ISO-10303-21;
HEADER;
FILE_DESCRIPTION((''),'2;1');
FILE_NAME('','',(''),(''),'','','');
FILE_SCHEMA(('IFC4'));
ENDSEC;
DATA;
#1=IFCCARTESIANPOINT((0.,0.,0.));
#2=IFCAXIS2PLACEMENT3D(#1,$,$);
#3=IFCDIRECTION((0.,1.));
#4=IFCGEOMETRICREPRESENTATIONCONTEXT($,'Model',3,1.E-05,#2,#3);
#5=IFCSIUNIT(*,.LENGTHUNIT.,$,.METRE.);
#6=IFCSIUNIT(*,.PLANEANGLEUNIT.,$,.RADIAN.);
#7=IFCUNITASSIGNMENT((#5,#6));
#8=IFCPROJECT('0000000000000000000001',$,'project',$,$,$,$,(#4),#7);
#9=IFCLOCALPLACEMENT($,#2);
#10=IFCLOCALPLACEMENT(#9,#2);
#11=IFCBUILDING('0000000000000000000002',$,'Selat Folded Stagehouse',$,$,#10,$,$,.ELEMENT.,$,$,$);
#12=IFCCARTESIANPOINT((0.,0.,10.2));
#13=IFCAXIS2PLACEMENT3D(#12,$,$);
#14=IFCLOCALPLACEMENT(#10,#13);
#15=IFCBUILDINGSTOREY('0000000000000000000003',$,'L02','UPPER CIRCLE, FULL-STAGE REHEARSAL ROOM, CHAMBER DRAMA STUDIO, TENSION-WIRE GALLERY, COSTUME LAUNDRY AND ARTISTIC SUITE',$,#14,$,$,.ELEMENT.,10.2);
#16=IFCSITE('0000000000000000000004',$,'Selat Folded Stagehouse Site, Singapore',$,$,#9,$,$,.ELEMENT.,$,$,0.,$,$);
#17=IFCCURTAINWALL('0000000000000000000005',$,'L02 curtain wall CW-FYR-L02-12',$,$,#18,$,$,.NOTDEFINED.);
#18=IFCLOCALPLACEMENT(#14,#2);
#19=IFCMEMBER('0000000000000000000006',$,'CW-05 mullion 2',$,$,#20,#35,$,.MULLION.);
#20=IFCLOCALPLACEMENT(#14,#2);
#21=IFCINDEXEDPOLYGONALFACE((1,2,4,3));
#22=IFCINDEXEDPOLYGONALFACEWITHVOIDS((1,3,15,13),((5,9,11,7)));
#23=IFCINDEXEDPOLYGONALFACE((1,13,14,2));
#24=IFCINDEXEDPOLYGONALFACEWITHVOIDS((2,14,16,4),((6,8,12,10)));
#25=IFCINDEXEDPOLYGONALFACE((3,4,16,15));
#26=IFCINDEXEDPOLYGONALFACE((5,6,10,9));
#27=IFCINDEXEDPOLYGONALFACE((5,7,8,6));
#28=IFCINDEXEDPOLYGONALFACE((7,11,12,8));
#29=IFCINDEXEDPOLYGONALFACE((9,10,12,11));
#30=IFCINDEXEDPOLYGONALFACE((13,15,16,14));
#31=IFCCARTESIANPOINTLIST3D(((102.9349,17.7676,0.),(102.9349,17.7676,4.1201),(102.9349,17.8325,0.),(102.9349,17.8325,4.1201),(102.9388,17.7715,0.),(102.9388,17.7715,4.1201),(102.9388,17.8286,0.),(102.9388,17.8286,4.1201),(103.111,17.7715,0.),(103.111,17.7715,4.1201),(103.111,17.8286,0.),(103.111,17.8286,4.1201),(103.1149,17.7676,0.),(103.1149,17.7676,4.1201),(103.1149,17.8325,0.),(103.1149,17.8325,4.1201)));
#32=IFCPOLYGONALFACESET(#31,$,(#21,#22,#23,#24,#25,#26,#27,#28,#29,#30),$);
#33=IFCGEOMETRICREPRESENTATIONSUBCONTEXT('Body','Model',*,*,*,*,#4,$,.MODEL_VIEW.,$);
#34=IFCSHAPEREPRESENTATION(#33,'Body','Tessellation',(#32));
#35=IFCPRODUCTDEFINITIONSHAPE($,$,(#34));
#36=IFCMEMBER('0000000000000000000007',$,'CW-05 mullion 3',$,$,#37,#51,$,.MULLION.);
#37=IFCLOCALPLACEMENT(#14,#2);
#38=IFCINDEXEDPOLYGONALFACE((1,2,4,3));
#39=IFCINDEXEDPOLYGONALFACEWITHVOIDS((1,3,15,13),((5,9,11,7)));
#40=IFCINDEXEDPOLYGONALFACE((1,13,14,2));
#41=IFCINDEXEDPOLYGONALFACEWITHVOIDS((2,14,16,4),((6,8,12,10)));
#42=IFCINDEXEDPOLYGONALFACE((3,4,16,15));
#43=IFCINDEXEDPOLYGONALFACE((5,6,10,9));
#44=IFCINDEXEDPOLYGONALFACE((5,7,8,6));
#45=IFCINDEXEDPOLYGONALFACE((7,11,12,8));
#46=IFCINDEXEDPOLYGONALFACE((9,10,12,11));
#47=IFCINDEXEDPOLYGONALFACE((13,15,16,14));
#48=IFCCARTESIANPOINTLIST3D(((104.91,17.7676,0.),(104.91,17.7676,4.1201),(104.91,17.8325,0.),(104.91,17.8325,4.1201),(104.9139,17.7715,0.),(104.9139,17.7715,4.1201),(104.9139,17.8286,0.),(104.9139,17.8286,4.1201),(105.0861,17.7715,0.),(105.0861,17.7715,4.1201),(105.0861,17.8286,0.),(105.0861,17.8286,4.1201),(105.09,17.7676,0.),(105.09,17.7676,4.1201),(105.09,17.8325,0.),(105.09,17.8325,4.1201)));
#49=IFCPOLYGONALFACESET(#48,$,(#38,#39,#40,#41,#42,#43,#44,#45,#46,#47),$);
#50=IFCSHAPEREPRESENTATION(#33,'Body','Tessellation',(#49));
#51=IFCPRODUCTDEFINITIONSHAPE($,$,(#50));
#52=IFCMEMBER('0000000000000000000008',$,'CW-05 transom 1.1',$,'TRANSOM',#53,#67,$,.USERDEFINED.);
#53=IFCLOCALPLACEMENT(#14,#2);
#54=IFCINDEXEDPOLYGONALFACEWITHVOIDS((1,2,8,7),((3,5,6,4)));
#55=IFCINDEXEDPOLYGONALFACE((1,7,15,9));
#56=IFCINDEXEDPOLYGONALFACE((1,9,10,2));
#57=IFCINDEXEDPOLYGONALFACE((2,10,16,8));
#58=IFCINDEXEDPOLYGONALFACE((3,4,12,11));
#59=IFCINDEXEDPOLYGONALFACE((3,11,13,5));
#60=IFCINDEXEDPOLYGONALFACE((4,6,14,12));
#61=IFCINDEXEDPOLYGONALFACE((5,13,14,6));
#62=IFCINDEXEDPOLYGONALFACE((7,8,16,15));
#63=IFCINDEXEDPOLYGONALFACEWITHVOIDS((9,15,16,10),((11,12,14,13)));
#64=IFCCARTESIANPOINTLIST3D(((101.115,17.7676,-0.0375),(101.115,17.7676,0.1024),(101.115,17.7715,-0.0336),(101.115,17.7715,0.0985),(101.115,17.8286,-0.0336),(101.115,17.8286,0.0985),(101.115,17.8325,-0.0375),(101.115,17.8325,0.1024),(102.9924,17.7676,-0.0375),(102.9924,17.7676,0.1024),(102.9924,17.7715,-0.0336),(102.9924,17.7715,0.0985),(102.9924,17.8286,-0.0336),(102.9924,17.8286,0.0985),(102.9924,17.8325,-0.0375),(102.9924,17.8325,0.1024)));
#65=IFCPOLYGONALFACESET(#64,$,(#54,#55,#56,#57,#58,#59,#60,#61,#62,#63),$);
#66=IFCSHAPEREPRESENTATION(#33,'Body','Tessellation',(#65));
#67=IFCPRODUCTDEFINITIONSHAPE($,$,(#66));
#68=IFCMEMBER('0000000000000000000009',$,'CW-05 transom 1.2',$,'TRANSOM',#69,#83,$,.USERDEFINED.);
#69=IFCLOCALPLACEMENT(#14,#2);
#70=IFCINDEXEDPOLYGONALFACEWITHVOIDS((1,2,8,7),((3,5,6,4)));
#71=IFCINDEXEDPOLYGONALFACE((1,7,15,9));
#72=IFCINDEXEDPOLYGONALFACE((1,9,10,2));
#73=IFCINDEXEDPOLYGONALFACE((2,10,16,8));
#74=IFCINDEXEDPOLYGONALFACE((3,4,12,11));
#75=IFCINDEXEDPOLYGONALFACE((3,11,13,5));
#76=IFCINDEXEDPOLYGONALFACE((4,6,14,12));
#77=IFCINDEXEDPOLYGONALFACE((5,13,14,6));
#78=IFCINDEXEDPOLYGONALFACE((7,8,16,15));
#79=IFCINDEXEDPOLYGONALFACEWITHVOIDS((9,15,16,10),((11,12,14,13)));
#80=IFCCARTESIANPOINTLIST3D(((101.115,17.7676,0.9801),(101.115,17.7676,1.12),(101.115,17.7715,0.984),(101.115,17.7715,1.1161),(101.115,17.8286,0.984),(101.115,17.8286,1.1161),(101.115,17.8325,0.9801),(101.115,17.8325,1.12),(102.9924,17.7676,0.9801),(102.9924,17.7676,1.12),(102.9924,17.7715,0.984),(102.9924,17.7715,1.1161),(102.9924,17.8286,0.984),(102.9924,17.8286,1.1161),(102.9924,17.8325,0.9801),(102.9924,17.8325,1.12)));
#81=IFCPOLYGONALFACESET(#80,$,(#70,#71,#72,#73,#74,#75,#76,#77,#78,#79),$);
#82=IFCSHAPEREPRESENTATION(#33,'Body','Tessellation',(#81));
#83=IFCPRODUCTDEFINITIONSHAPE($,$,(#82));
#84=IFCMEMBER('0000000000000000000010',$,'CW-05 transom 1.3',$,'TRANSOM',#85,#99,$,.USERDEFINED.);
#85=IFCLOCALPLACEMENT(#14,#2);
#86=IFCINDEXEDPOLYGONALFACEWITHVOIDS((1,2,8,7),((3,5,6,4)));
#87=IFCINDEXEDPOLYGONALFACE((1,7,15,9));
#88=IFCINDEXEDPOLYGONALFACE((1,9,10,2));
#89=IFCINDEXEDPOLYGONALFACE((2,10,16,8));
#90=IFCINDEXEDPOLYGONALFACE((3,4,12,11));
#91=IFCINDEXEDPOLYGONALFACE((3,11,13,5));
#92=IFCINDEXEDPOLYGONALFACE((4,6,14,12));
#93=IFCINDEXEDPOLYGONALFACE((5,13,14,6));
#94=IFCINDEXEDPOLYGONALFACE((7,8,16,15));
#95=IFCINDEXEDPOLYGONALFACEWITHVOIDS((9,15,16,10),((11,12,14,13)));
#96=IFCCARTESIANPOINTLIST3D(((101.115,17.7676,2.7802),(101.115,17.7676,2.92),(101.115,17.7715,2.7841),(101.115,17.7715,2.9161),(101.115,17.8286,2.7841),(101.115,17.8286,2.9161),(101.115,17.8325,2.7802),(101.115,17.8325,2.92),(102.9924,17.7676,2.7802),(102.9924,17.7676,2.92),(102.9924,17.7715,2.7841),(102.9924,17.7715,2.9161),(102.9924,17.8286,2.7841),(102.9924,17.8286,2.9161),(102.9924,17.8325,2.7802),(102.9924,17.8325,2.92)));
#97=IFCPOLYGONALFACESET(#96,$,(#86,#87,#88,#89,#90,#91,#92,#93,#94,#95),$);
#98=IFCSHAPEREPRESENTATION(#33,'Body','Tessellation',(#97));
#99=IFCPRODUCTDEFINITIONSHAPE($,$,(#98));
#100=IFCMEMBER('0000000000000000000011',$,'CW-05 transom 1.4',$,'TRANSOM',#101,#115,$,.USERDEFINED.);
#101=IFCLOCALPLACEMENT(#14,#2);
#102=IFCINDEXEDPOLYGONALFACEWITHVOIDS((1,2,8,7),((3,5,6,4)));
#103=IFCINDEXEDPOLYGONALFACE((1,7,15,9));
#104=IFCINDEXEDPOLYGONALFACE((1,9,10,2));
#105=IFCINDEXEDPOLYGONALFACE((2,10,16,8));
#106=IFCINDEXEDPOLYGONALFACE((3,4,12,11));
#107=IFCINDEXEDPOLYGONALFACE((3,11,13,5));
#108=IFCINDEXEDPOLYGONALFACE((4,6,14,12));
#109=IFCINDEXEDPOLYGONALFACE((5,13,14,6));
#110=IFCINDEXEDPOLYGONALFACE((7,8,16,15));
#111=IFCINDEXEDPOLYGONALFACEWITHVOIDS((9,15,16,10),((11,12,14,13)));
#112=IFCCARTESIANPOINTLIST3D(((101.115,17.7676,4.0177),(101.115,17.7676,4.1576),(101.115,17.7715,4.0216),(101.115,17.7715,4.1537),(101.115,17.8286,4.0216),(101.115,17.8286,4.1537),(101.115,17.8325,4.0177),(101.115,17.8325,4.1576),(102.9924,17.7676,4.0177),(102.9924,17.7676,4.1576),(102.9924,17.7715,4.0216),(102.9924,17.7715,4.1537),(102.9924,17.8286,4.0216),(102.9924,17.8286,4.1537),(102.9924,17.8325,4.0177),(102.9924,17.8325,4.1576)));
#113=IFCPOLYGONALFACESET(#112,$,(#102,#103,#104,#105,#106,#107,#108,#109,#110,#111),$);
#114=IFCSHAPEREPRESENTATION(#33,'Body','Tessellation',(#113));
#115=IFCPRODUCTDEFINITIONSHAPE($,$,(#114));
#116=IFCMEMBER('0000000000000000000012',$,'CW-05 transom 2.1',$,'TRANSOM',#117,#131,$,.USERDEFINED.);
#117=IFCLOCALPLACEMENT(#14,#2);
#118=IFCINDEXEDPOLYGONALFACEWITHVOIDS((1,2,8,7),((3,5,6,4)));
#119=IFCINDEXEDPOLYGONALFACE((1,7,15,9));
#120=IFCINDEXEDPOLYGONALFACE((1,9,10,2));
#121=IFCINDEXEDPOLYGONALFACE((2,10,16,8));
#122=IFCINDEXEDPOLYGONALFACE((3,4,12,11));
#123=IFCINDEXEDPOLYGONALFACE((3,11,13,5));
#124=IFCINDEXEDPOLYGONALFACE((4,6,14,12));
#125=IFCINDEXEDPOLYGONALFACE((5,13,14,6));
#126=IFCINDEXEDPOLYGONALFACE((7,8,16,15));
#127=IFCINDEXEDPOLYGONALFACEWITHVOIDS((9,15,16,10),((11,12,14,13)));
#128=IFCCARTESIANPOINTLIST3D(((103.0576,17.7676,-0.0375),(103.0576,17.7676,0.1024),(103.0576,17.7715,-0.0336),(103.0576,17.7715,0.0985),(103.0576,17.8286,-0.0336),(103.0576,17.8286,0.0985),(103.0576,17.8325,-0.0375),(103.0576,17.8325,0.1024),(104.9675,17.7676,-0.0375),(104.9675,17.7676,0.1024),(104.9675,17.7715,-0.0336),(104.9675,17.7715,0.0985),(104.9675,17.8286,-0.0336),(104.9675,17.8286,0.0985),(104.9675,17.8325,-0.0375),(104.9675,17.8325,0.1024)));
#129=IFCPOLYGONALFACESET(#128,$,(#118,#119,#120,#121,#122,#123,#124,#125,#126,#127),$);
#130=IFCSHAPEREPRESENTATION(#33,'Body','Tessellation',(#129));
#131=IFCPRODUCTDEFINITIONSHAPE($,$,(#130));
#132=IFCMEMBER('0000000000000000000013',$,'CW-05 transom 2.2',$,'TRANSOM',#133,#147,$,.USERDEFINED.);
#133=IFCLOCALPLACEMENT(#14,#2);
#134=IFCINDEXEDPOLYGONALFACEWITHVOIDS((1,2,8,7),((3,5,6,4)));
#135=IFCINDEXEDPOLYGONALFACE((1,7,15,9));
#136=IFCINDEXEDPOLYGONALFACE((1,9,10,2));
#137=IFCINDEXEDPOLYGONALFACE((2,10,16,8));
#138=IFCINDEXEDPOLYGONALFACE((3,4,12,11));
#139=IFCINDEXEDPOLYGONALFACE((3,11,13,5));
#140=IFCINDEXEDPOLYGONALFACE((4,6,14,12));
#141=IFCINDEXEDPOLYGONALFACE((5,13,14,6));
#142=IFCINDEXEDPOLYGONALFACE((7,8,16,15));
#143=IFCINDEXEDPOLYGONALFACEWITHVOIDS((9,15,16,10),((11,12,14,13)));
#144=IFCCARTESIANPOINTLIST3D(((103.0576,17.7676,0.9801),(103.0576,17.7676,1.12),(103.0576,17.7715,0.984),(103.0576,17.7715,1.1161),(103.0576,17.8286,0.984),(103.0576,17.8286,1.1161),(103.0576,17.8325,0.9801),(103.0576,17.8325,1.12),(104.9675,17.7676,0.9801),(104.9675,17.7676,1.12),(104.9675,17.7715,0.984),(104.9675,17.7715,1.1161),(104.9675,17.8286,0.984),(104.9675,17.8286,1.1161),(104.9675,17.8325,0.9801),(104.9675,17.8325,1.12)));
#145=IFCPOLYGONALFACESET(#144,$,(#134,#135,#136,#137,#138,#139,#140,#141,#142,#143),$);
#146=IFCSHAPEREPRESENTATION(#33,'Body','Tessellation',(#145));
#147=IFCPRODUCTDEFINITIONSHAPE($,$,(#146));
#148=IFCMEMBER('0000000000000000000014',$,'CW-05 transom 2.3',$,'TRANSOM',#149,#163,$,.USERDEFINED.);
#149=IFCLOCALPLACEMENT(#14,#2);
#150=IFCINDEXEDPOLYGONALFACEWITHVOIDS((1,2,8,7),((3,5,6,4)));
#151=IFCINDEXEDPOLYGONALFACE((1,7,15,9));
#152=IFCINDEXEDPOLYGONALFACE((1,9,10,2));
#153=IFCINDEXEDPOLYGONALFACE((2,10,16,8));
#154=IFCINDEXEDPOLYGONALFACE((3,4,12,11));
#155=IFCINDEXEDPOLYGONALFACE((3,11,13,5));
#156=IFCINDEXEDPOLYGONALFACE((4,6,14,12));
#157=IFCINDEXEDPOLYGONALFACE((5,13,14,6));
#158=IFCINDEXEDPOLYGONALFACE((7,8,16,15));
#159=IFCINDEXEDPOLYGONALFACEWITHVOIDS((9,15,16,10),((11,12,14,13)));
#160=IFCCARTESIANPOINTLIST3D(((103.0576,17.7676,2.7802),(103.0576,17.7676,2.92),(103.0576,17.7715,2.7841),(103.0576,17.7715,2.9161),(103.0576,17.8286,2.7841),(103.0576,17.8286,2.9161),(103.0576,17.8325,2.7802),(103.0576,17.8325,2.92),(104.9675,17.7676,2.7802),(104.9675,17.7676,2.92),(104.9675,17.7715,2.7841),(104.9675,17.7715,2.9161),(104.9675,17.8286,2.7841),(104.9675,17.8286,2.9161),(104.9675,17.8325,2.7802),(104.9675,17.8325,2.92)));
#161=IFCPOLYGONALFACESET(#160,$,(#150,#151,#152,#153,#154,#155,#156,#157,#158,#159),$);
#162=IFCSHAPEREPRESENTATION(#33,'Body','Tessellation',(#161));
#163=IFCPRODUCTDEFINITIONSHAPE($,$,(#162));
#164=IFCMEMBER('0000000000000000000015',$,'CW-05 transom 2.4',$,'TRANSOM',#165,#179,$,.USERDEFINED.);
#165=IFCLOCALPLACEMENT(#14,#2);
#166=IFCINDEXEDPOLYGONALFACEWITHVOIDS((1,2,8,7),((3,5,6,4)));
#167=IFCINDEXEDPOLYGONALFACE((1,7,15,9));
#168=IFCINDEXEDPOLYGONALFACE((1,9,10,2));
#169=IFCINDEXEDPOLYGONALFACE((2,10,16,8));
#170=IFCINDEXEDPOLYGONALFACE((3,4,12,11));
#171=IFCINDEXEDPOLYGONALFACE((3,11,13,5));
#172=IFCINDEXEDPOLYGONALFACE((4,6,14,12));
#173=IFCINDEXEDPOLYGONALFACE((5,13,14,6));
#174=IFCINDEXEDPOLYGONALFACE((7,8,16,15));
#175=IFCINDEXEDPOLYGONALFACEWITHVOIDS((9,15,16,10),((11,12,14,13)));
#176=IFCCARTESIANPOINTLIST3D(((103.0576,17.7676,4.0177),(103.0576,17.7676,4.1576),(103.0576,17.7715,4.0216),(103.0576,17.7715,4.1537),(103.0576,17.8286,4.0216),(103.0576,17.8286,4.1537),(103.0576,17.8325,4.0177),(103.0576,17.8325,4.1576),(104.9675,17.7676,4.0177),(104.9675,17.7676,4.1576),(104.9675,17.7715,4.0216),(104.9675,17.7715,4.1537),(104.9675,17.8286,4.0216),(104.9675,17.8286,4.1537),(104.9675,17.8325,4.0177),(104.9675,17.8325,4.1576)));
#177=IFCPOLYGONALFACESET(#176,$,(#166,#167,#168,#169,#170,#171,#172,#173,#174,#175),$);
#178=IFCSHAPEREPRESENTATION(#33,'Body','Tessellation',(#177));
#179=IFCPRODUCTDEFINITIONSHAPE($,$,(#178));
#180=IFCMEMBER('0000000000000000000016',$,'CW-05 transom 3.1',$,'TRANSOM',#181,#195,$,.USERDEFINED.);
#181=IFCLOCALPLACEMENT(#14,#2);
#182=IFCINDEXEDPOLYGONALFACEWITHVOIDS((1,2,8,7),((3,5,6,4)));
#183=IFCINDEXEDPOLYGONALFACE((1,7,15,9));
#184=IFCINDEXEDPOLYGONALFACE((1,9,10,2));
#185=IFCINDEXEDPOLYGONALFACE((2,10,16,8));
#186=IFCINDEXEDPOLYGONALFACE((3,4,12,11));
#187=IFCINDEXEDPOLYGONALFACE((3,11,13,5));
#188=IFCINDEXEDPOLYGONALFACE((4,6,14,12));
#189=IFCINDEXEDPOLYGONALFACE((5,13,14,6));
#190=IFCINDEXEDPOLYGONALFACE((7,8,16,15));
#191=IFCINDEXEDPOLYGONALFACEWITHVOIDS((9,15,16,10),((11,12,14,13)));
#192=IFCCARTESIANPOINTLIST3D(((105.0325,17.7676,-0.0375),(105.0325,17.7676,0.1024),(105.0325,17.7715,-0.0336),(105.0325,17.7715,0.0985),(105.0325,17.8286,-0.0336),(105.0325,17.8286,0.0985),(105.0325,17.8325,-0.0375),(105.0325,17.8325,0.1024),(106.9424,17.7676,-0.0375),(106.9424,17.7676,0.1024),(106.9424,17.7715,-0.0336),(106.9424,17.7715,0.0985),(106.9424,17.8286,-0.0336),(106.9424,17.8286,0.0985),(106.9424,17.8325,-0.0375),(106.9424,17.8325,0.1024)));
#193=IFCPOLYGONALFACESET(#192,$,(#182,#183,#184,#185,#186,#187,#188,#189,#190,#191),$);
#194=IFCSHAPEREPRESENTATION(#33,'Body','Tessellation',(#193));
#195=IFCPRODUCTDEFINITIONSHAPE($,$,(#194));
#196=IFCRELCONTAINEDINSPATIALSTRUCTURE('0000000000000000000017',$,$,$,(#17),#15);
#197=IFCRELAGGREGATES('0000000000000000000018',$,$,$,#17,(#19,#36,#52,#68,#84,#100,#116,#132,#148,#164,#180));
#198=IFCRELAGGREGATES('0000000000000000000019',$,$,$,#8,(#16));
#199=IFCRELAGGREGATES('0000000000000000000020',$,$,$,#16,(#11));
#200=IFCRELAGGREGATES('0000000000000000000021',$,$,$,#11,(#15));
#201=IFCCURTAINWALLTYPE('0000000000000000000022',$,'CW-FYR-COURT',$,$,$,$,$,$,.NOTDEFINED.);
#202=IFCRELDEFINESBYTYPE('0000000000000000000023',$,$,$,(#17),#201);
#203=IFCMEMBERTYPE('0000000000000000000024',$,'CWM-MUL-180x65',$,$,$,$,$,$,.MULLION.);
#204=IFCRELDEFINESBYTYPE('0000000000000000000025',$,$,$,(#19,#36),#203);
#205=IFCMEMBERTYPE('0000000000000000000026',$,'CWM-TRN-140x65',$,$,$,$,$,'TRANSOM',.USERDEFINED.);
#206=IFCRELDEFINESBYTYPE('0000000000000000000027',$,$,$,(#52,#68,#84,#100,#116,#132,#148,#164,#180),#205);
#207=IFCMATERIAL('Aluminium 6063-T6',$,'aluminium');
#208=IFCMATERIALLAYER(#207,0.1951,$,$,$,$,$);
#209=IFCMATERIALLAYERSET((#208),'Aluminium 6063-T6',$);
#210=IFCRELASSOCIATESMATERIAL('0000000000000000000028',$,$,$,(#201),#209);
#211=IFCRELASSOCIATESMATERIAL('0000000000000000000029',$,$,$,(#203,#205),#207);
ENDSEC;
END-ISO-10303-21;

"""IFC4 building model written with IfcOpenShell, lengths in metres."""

from ifc_helpers import new_model, si_unit, direction, frame, origin, origin_2d, place, context, subcontext, project, spatial, hollow_rectangle, extrude, material, layer, layer_set, material_profile, profile_set, type_object, element, aggregate, save


model = new_model("IFC4")

# Units and contexts
model_context = context("Model", 3, precision=1e-05, world=origin(), true_north=direction((0.0, 1.0)))
body_context = subcontext(model_context, "Body", "Model", "MODEL_VIEW")
ifc_project = project(units=[si_unit("LENGTHUNIT", "METRE"), si_unit("PLANEANGLEUNIT", "RADIAN")], contexts=[model_context])

# Site, building, storey
site_placement = place(None, origin())
site = spatial("IfcSite", under=ifc_project, at=site_placement, Name="Selat Folded Stagehouse Site, Singapore", CompositionType="ELEMENT", RefElevation=0.0)
building_placement = place(site_placement, origin())
building = spatial("IfcBuilding", under=site, at=building_placement, Name="Selat Folded Stagehouse", CompositionType="ELEMENT")
storey_placement = place(building_placement, frame((0.0, 0.0, 10.2)))
storey = spatial("IfcBuildingStorey", under=building, at=storey_placement, Name="L02", Description="UPPER CIRCLE, FULL-STAGE REHEARSAL ROOM, CHAMBER DRAMA STUDIO, TENSION-WIRE GALLERY, COSTUME LAUNDRY AND ARTISTIC SUITE", CompositionType="ELEMENT", Elevation=10.2)

# Curtain wall, members
ifc_material_1 = material(Name="Aluminium 6063-T6", Category="aluminium")
ifc_layer_1 = layer(ifc_material_1, 0.1951)
ifc_layer_set_1 = layer_set([ifc_layer_1], Name="Aluminium 6063-T6")
curtain_wall_type = type_object("IfcCurtainWallType", Name="CW-FYR-COURT", PredefinedType="NOTDEFINED", material=ifc_layer_set_1)
curtain_wall_placement = place(storey_placement, origin())
curtain_wall = element("IfcCurtainWall", 1, at=curtain_wall_placement, inside=storey, type_object=curtain_wall_type, Name="L02 curtain wall CW-FYR-L02-12", PredefinedType="NOTDEFINED")
ifc_material_profile_1 = material_profile(ifc_material_1, hollow_rectangle(XDim=0.0649, YDim=0.1799, WallThickness=0.0039, at=origin_2d()), Name="ALU 180x65x4.0")
ifc_profile_set_1 = profile_set([ifc_material_profile_1], Name="Aluminium 6063-T6")
member_type_1 = type_object("IfcMemberType", Name="CWM-MUL-180x65", PredefinedType="MULLION", material=ifc_profile_set_1)
member_1_placement = place(storey_placement, frame((103.0249, 17.8, 0.0), z_axis=(0.0, 0.0, 1.0), x_axis=(0.0, 1.0, 0.0)))
member_1 = element("IfcMember", 2, at=member_1_placement, type_object=member_type_1, Name="CW-05 mullion 2", PredefinedType="MULLION", context=body_context, shape_type="SweptSolid", body=[
    extrude(hollow_rectangle(XDim=0.0649, YDim=0.1799, WallThickness=0.0039, at=origin_2d()), origin(), (0.0, 0.0, 1.0), 4.1201),
])
member_2_placement = place(storey_placement, frame((105.0, 17.8, 0.0), z_axis=(0.0, 0.0, 1.0), x_axis=(0.0, 1.0, 0.0)))
member_2 = element("IfcMember", 3, at=member_2_placement, type_object=member_type_1, Name="CW-05 mullion 3", PredefinedType="MULLION", context=body_context, shape_type="SweptSolid", body=[
    extrude(hollow_rectangle(XDim=0.0649, YDim=0.1799, WallThickness=0.0039, at=origin_2d()), origin(), (0.0, 0.0, 1.0), 4.1201),
])
ifc_material_profile_2 = material_profile(ifc_material_1, hollow_rectangle(XDim=0.0649, YDim=0.1399, WallThickness=0.0039, at=origin_2d()), Name="ALU 140x65x4.0")
ifc_profile_set_2 = profile_set([ifc_material_profile_2], Name="Aluminium 6063-T6")
member_type_2 = type_object("IfcMemberType", Name="CWM-TRN-140x65", ElementType="TRANSOM", PredefinedType="USERDEFINED", material=ifc_profile_set_2)
member_3_placement = place(storey_placement, frame((101.115, 17.8, 0.0325), z_axis=(1.0, 0.0, 0.0), x_axis=(0.0, 1.0, 0.0)))
member_3 = element("IfcMember", 4, at=member_3_placement, type_object=member_type_2, Name="CW-05 transom 1.1", ObjectType="TRANSOM", PredefinedType="USERDEFINED", context=body_context, shape_type="SweptSolid", body=[
    extrude(hollow_rectangle(XDim=0.0649, YDim=0.1399, WallThickness=0.0039, at=origin_2d()), origin(), (0.0, 0.0, 1.0), 1.8774),
])
member_4_placement = place(storey_placement, frame((101.115, 17.8, 1.05), z_axis=(1.0, 0.0, 0.0), x_axis=(0.0, 1.0, 0.0)))
member_4 = element("IfcMember", 5, at=member_4_placement, type_object=member_type_2, Name="CW-05 transom 1.2", ObjectType="TRANSOM", PredefinedType="USERDEFINED", context=body_context, shape_type="SweptSolid", body=[
    extrude(hollow_rectangle(XDim=0.0649, YDim=0.1399, WallThickness=0.0039, at=origin_2d()), origin(), (0.0, 0.0, 1.0), 1.8774),
])
member_5_placement = place(storey_placement, frame((101.115, 17.8, 2.8501), z_axis=(1.0, 0.0, 0.0), x_axis=(0.0, 1.0, 0.0)))
member_5 = element("IfcMember", 6, at=member_5_placement, type_object=member_type_2, Name="CW-05 transom 1.3", ObjectType="TRANSOM", PredefinedType="USERDEFINED", context=body_context, shape_type="SweptSolid", body=[
    extrude(hollow_rectangle(XDim=0.0649, YDim=0.1399, WallThickness=0.0039, at=origin_2d()), origin(), (0.0, 0.0, 1.0), 1.8774),
])
member_6_placement = place(storey_placement, frame((101.115, 17.8, 4.0876), z_axis=(1.0, 0.0, 0.0), x_axis=(0.0, 1.0, 0.0)))
member_6 = element("IfcMember", 7, at=member_6_placement, type_object=member_type_2, Name="CW-05 transom 1.4", ObjectType="TRANSOM", PredefinedType="USERDEFINED", context=body_context, shape_type="SweptSolid", body=[
    extrude(hollow_rectangle(XDim=0.0649, YDim=0.1399, WallThickness=0.0039, at=origin_2d()), origin(), (0.0, 0.0, 1.0), 1.8774),
])
member_7_placement = place(storey_placement, frame((103.0576, 17.8, 0.0325), z_axis=(1.0, 0.0, 0.0), x_axis=(0.0, 1.0, 0.0)))
member_7 = element("IfcMember", 8, at=member_7_placement, type_object=member_type_2, Name="CW-05 transom 2.1", ObjectType="TRANSOM", PredefinedType="USERDEFINED", context=body_context, shape_type="SweptSolid", body=[
    extrude(hollow_rectangle(XDim=0.0649, YDim=0.1399, WallThickness=0.0039, at=origin_2d()), origin(), (0.0, 0.0, 1.0), 1.9099),
])
member_8_placement = place(storey_placement, frame((103.0576, 17.8, 1.05), z_axis=(1.0, 0.0, 0.0), x_axis=(0.0, 1.0, 0.0)))
member_8 = element("IfcMember", 9, at=member_8_placement, type_object=member_type_2, Name="CW-05 transom 2.2", ObjectType="TRANSOM", PredefinedType="USERDEFINED", context=body_context, shape_type="SweptSolid", body=[
    extrude(hollow_rectangle(XDim=0.0649, YDim=0.1399, WallThickness=0.0039, at=origin_2d()), origin(), (0.0, 0.0, 1.0), 1.9099),
])
member_9_placement = place(storey_placement, frame((103.0576, 17.8, 2.8501), z_axis=(1.0, 0.0, 0.0), x_axis=(0.0, 1.0, 0.0)))
member_9 = element("IfcMember", 10, at=member_9_placement, type_object=member_type_2, Name="CW-05 transom 2.3", ObjectType="TRANSOM", PredefinedType="USERDEFINED", context=body_context, shape_type="SweptSolid", body=[
    extrude(hollow_rectangle(XDim=0.0649, YDim=0.1399, WallThickness=0.0039, at=origin_2d()), origin(), (0.0, 0.0, 1.0), 1.9099),
])
member_10_placement = place(storey_placement, frame((103.0576, 17.8, 4.0876), z_axis=(1.0, 0.0, 0.0), x_axis=(0.0, 1.0, 0.0)))
member_10 = element("IfcMember", 11, at=member_10_placement, type_object=member_type_2, Name="CW-05 transom 2.4", ObjectType="TRANSOM", PredefinedType="USERDEFINED", context=body_context, shape_type="SweptSolid", body=[
    extrude(hollow_rectangle(XDim=0.0649, YDim=0.1399, WallThickness=0.0039, at=origin_2d()), origin(), (0.0, 0.0, 1.0), 1.9099),
])
member_11_placement = place(storey_placement, frame((105.0325, 17.8, 0.0325), z_axis=(1.0, 0.0, 0.0), x_axis=(0.0, 1.0, 0.0)))
member_11 = element("IfcMember", 12, at=member_11_placement, type_object=member_type_2, Name="CW-05 transom 3.1", ObjectType="TRANSOM", PredefinedType="USERDEFINED", context=body_context, shape_type="SweptSolid", body=[
    extrude(hollow_rectangle(XDim=0.0649, YDim=0.1399, WallThickness=0.0039, at=origin_2d()), origin(), (0.0, 0.0, 1.0), 1.9099),
])
aggregate(curtain_wall, [member_1, member_2, member_3, member_4, member_5, member_6, member_7, member_8, member_9, member_10, member_11])

save(model, "model.ifc")
